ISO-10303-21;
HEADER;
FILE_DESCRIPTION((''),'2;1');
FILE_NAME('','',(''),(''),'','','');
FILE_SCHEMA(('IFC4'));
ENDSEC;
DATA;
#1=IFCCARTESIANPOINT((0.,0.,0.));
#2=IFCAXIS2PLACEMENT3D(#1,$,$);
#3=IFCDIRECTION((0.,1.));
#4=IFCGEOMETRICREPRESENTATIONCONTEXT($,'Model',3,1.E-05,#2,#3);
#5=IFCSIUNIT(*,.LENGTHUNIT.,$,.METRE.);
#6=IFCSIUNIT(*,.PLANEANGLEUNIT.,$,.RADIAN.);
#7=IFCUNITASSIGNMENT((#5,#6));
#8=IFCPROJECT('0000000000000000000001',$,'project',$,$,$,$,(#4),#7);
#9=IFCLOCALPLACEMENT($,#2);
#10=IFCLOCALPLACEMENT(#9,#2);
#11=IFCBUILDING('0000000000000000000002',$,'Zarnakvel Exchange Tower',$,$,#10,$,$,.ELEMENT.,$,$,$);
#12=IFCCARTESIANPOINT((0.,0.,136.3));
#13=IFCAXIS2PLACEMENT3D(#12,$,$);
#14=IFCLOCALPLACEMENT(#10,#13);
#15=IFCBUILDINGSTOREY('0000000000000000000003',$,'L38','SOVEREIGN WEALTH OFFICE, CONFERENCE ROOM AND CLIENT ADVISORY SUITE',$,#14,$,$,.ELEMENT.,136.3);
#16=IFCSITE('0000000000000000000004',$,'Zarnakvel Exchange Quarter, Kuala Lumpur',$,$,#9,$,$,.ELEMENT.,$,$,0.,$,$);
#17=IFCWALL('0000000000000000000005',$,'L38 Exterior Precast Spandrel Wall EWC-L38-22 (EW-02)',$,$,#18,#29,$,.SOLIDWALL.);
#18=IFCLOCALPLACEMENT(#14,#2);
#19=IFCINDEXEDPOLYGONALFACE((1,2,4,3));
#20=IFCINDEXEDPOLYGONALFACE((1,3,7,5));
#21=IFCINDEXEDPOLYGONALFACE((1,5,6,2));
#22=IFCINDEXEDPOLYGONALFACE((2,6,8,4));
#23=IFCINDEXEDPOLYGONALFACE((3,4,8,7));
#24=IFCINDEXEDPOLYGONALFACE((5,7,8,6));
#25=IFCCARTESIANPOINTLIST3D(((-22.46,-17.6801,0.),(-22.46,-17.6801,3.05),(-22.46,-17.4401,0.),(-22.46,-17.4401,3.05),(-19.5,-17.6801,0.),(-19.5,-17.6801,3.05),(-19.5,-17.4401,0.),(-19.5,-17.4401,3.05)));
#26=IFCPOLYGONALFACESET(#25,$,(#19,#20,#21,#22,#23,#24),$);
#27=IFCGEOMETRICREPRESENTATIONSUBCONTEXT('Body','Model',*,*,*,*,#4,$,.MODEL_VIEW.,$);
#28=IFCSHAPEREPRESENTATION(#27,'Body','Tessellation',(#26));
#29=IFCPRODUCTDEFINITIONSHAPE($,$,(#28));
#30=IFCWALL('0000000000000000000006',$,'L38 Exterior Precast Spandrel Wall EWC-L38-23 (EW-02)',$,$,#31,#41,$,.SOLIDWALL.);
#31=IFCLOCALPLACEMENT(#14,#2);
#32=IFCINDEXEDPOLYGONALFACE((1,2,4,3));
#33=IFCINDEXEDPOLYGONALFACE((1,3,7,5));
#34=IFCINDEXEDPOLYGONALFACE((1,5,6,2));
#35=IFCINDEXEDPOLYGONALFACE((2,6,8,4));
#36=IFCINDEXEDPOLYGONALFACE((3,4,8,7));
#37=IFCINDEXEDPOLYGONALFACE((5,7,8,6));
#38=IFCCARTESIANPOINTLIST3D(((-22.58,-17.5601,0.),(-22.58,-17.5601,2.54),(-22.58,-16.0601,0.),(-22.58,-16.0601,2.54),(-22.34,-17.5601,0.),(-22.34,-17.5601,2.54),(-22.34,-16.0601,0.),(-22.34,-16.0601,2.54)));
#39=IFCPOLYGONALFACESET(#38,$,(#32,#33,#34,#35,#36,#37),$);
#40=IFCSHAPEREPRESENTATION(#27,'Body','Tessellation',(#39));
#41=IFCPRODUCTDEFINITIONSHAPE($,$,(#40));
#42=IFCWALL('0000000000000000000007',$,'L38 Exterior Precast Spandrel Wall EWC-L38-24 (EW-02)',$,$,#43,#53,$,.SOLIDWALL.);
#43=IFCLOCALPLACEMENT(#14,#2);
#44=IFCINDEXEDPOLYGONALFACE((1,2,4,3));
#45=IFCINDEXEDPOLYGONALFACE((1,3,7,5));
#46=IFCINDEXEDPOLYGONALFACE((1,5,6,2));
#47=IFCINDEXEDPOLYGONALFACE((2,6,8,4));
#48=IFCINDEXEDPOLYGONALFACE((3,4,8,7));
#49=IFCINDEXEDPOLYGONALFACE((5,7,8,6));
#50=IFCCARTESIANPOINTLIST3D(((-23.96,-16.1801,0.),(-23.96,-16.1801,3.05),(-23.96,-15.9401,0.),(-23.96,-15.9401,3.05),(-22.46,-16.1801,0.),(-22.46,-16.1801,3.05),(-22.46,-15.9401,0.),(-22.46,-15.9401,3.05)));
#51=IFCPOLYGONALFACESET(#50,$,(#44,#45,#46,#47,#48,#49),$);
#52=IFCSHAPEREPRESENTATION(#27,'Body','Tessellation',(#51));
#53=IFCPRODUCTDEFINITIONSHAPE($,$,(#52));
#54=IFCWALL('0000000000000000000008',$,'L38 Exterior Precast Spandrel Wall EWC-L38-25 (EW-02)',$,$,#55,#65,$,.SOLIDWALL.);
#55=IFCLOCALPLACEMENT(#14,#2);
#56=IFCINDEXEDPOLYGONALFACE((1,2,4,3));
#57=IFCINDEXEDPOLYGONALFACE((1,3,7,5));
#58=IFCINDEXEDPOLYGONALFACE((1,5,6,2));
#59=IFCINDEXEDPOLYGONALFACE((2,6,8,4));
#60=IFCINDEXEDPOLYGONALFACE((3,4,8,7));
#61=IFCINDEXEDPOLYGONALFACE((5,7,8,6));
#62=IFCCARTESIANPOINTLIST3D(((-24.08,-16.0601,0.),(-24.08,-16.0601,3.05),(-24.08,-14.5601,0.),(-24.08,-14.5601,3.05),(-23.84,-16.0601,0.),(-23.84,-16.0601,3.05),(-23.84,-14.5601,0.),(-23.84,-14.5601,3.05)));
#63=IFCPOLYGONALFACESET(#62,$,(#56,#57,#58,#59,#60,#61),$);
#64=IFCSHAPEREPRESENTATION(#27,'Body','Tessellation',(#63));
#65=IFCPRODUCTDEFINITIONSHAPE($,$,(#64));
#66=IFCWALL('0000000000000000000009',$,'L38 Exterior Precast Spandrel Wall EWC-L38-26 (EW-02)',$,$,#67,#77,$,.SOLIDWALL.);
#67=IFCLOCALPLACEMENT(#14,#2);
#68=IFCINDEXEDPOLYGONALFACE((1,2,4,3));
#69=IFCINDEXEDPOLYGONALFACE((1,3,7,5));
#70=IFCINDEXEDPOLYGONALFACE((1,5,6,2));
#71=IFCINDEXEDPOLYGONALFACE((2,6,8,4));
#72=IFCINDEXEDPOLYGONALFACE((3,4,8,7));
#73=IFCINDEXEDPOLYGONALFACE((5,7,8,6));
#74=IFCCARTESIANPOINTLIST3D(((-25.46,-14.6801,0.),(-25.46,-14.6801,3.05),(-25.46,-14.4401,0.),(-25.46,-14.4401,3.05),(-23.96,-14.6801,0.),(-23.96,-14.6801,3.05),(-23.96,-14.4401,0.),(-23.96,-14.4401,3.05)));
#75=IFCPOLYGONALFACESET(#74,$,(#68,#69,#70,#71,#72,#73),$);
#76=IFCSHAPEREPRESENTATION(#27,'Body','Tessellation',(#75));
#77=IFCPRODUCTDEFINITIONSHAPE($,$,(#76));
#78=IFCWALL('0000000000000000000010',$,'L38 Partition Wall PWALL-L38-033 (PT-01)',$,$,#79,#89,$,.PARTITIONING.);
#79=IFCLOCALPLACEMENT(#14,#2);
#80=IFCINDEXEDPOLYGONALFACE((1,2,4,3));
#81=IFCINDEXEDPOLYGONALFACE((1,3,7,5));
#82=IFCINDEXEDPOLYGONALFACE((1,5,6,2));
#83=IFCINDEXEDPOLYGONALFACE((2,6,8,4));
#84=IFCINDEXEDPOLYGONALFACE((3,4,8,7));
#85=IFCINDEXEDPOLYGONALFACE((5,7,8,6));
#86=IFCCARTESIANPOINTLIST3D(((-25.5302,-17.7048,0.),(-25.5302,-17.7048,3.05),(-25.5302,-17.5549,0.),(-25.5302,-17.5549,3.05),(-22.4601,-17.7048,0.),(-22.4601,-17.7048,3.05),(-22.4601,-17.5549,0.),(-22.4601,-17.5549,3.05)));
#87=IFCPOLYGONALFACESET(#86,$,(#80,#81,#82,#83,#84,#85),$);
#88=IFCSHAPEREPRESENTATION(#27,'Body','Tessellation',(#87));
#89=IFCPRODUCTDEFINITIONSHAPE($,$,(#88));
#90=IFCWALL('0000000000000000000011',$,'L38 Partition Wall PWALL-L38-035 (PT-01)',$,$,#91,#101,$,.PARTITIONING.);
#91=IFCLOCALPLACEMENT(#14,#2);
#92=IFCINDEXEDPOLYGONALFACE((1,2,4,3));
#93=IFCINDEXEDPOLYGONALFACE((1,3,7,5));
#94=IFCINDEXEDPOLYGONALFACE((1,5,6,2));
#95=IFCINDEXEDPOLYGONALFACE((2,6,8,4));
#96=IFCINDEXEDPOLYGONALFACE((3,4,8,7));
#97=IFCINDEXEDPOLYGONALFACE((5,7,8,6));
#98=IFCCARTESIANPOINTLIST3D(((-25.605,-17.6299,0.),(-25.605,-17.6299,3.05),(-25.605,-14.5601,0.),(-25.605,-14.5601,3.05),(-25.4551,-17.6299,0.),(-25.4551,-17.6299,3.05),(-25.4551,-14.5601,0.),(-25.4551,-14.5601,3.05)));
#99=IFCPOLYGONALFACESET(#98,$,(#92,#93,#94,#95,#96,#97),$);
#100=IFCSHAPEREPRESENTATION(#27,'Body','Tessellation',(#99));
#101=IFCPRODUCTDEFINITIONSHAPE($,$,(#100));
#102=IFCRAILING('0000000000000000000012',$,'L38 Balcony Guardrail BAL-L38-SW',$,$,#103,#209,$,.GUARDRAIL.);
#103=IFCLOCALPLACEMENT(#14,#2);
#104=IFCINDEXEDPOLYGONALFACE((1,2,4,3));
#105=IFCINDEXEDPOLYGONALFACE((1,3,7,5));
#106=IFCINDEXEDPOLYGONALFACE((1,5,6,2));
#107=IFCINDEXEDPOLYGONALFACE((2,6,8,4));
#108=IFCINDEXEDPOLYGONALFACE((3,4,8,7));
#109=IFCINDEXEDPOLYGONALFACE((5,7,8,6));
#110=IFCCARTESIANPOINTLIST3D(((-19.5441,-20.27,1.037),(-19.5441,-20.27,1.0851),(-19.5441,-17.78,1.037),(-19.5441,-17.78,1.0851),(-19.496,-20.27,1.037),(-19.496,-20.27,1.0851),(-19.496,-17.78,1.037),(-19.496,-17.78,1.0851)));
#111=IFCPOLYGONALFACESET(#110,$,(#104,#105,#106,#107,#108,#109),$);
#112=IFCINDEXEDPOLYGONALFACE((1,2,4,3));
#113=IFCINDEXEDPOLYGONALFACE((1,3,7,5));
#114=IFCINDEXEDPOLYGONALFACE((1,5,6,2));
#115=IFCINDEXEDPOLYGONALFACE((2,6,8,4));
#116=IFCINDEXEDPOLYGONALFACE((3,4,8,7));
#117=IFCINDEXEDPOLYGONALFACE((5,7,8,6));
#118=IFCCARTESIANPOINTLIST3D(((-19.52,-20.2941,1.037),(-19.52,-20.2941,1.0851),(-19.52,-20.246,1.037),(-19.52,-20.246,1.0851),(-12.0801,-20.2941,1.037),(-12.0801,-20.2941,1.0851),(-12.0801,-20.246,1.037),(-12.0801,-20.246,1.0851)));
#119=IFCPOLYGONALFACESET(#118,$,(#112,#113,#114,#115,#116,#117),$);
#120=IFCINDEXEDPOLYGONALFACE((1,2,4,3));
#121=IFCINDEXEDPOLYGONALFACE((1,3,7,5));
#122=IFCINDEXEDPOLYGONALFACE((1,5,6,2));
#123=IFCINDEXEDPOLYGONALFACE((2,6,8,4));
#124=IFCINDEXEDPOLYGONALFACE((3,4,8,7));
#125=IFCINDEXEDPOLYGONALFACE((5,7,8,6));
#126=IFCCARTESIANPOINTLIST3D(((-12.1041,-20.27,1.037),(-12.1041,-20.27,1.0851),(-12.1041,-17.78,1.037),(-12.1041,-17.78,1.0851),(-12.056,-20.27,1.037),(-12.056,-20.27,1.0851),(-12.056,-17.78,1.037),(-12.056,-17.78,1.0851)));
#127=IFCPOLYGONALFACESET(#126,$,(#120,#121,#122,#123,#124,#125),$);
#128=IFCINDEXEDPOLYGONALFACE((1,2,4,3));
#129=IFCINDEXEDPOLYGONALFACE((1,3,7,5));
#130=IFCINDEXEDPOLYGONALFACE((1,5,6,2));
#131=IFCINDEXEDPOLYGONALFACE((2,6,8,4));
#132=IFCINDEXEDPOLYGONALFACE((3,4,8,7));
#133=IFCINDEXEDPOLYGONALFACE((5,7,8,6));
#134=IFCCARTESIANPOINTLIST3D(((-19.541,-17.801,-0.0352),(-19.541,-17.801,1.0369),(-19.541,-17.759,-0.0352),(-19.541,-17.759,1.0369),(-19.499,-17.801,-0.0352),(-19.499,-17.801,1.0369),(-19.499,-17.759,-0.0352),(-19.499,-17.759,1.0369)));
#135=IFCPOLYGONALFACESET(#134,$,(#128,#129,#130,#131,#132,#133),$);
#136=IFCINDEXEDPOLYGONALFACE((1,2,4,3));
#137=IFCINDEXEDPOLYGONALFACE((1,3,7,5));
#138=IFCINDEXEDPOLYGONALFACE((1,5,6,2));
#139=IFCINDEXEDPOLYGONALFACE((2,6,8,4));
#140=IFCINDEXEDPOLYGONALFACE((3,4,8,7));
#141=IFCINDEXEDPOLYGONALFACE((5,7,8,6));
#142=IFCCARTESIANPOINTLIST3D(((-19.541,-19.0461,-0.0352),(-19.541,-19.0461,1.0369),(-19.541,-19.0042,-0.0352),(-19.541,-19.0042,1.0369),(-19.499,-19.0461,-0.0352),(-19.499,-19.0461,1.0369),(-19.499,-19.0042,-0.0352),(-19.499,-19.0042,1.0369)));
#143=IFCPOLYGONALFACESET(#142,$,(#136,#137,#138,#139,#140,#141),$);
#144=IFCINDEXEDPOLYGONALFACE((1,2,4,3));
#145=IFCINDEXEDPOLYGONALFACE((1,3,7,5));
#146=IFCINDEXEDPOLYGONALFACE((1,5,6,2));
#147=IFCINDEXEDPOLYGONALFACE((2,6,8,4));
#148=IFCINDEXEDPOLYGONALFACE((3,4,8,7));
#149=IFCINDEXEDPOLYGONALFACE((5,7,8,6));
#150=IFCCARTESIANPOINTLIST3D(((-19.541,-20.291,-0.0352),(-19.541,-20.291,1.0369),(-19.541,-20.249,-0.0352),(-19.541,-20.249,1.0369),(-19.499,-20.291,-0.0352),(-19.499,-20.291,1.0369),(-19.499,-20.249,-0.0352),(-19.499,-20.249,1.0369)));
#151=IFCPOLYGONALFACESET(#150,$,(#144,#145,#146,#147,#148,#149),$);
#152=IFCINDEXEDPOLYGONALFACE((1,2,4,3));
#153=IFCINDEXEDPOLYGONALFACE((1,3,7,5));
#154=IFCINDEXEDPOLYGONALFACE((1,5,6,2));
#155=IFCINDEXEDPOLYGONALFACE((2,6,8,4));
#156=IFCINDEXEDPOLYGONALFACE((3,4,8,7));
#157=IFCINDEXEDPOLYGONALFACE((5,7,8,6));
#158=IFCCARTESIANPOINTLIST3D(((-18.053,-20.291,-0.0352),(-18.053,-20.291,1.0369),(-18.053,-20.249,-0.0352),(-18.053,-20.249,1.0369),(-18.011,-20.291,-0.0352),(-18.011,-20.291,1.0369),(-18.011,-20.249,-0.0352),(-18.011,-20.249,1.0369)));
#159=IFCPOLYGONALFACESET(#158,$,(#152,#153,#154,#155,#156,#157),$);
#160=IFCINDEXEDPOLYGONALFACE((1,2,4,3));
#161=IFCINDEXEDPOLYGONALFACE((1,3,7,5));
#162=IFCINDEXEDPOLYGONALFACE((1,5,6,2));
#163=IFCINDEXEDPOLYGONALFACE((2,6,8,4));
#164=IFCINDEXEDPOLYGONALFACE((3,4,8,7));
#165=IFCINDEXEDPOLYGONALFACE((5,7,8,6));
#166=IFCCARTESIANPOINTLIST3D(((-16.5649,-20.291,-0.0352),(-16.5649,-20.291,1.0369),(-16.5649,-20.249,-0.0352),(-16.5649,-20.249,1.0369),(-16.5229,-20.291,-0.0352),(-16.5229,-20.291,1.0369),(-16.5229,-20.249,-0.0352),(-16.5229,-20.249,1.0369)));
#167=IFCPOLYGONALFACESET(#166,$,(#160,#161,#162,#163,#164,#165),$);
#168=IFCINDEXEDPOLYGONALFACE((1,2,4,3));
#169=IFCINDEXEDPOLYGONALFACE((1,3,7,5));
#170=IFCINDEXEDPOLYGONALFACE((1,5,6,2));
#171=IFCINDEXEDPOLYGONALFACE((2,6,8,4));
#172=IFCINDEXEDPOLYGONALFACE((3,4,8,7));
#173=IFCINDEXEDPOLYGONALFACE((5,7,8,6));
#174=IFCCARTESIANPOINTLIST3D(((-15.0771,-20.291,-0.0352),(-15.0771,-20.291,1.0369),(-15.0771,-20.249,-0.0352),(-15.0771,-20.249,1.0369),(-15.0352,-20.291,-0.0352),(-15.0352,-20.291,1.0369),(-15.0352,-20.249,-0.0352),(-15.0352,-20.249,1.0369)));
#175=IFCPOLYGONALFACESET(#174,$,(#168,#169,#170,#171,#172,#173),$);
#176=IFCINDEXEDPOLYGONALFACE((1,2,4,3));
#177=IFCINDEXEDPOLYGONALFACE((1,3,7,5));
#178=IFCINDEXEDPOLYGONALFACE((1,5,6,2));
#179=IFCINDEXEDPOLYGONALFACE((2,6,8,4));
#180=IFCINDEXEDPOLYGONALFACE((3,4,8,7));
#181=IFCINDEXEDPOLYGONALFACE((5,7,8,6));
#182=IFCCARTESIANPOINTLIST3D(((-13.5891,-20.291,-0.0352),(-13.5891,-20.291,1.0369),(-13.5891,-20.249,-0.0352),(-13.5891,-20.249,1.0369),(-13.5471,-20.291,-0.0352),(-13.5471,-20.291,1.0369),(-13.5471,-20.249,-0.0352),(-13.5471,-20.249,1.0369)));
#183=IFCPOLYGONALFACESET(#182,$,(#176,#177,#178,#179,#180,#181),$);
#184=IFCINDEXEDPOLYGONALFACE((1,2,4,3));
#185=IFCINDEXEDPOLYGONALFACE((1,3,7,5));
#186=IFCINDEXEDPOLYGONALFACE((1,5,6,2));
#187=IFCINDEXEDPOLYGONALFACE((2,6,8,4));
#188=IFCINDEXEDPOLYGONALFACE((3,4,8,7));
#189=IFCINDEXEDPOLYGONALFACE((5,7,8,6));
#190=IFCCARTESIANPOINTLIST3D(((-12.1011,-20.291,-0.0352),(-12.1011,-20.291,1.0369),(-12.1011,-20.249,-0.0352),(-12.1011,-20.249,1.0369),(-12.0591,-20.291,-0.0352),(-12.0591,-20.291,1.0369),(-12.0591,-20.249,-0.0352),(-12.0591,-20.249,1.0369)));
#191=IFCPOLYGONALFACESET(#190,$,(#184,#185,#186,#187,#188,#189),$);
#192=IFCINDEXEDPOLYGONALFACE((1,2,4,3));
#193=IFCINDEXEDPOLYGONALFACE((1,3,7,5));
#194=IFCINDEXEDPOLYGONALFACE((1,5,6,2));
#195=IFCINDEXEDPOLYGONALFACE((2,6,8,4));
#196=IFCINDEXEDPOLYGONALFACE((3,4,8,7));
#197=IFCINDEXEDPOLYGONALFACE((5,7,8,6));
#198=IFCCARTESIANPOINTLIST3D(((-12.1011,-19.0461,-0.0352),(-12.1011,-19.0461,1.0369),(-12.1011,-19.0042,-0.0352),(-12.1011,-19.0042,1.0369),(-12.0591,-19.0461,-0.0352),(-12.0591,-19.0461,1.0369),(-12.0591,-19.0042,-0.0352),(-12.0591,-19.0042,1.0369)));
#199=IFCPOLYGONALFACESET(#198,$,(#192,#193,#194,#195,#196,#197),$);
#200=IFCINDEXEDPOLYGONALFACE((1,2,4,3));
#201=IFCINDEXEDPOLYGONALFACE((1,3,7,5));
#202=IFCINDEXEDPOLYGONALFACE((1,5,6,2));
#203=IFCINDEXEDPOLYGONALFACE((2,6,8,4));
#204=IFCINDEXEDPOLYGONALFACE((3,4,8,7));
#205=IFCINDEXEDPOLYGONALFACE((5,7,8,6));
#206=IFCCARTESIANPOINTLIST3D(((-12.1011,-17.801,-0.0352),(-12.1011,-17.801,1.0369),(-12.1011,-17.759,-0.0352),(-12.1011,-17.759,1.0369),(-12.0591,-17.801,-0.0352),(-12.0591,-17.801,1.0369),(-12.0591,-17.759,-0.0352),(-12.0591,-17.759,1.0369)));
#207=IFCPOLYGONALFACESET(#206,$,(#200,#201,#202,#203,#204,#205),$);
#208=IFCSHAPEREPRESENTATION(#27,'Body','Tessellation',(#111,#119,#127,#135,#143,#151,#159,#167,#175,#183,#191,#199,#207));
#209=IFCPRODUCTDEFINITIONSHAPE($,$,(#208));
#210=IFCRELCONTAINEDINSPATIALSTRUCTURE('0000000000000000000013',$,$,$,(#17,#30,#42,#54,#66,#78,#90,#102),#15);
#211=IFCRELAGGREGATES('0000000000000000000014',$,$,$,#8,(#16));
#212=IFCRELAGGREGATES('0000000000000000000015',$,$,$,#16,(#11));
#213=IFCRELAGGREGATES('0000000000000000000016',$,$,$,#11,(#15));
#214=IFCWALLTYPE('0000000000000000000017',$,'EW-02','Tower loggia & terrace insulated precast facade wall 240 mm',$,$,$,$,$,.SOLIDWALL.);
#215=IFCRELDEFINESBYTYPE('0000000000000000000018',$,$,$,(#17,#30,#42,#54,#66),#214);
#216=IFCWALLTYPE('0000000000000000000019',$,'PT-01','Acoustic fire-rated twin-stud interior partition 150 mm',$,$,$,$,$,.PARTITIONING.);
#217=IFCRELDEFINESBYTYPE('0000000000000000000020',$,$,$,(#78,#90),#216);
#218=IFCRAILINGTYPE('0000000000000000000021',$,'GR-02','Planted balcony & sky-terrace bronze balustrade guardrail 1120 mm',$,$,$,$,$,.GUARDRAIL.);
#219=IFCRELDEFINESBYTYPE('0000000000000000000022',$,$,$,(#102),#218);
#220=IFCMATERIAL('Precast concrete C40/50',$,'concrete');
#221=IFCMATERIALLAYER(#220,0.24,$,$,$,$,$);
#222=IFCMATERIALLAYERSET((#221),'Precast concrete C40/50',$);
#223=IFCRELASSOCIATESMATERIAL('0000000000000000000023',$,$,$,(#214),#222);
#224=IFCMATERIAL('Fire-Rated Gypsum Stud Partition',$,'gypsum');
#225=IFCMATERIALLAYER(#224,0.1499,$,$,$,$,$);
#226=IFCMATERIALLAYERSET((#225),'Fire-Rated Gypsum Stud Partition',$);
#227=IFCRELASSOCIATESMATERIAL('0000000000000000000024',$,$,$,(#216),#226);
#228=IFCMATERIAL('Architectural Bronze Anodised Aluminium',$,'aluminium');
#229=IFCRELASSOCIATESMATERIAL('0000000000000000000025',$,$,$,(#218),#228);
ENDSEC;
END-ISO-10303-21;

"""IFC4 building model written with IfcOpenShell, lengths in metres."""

from ifc_helpers import new_model, si_unit, direction, frame, frame_2d, origin, origin_2d, place, context, subcontext, project, spatial, rectangle, extrude, material, layer, layer_set, type_object, element, save


model = new_model("IFC4")

# Units and contexts
model_context = context("Model", 3, precision=1e-05, world=origin(), true_north=direction((0.0, 1.0)))
body_context = subcontext(model_context, "Body", "Model", "MODEL_VIEW")
ifc_project = project(units=[si_unit("LENGTHUNIT", "METRE"), si_unit("PLANEANGLEUNIT", "RADIAN")], contexts=[model_context])

# Site, building, storey
site_placement = place(None, origin())
site = spatial("IfcSite", under=ifc_project, at=site_placement, Name="Zarnakvel Exchange Quarter, Kuala Lumpur", CompositionType="ELEMENT", RefElevation=0.0)
building_placement = place(site_placement, origin())
building = spatial("IfcBuilding", under=site, at=building_placement, Name="Zarnakvel Exchange Tower", CompositionType="ELEMENT")
storey_placement = place(building_placement, frame((0.0, 0.0, 136.3)))
storey = spatial("IfcBuildingStorey", under=building, at=storey_placement, Name="L38", Description="SOVEREIGN WEALTH OFFICE, CONFERENCE ROOM AND CLIENT ADVISORY SUITE", CompositionType="ELEMENT", Elevation=136.3)

# Walls
ifc_material_1 = material(Name="Precast concrete C40/50", Category="concrete")
ifc_layer_1 = layer(ifc_material_1, 0.24)
ifc_layer_set_1 = layer_set([ifc_layer_1], Name="Precast concrete C40/50")
wall_type_1 = type_object("IfcWallType", Name="EW-02", Description="Tower loggia & terrace insulated precast facade wall 240 mm", PredefinedType="SOLIDWALL", material=ifc_layer_set_1)
wall_1_placement = place(storey_placement, frame((-22.46, -17.5601, 0.0), z_axis=(0.0, 0.0, 1.0), x_axis=(1.0, 0.0, 0.0)))
element("IfcWall", 1, at=wall_1_placement, inside=storey, type_object=wall_type_1, Name="L38 Exterior Precast Spandrel Wall EWC-L38-22 (EW-02)", PredefinedType="SOLIDWALL", context=body_context, shape_type="SweptSolid", body=[
    extrude(rectangle(XDim=2.96, YDim=0.24, at=frame_2d((1.48, 0.0))), origin(), (0.0, 0.0, 1.0), 3.05),
])
wall_2_placement = place(storey_placement, frame((-22.46, -16.0601, 0.0), z_axis=(0.0, 0.0, 1.0), x_axis=(0.0, -1.0, 0.0)))
element("IfcWall", 2, at=wall_2_placement, inside=storey, type_object=wall_type_1, Name="L38 Exterior Precast Spandrel Wall EWC-L38-23 (EW-02)", PredefinedType="SOLIDWALL", context=body_context, shape_type="SweptSolid", body=[
    extrude(rectangle(XDim=1.5, YDim=0.24, at=frame_2d((0.75, 0.0))), origin(), (0.0, 0.0, 1.0), 2.54),
])
for number, where, z_axis, x_axis, name in (
    (3, (-23.96, -16.0601, 0.0), (0.0, 0.0, 1.0), (1.0, 0.0, 0.0), "L38 Exterior Precast Spandrel Wall EWC-L38-24 (EW-02)"),
    (4, (-23.96, -14.5601, 0.0), (0.0, 0.0, 1.0), (0.0, -1.0, 0.0), "L38 Exterior Precast Spandrel Wall EWC-L38-25 (EW-02)"),
    (5, (-25.46, -14.5601, 0.0), (0.0, 0.0, 1.0), (1.0, 0.0, 0.0), "L38 Exterior Precast Spandrel Wall EWC-L38-26 (EW-02)"),
):
    element("IfcWall", number, at=place(storey_placement, frame(where, z_axis=z_axis, x_axis=x_axis)), inside=storey, type_object=wall_type_1, Name=name, PredefinedType="SOLIDWALL", context=body_context, shape_type="SweptSolid", body=[
        extrude(rectangle(XDim=1.5, YDim=0.24, at=frame_2d((0.75, 0.0))), origin(), (0.0, 0.0, 1.0), 3.05),
    ])
ifc_material_2 = material(Name="Fire-Rated Gypsum Stud Partition", Category="gypsum")
ifc_layer_2 = layer(ifc_material_2, 0.1499)
ifc_layer_set_2 = layer_set([ifc_layer_2], Name="Fire-Rated Gypsum Stud Partition")
wall_type_2 = type_object("IfcWallType", Name="PT-01", Description="Acoustic fire-rated twin-stud interior partition 150 mm", PredefinedType="PARTITIONING", material=ifc_layer_set_2)
wall_3_placement = place(storey_placement, frame((-22.46, -17.6299, 0.0), z_axis=(0.0, 0.0, 1.0), x_axis=(-1.0, 0.0, 0.0)))
element("IfcWall", 6, at=wall_3_placement, inside=storey, type_object=wall_type_2, Name="L38 Partition Wall PWALL-L38-033 (PT-01)", PredefinedType="PARTITIONING", context=body_context, shape_type="SweptSolid", body=[
    extrude(rectangle(XDim=3.0701, YDim=0.1499, at=frame_2d((1.5352, 0.0))), origin(), (0.0, 0.0, 1.0), 3.05),
])
wall_4_placement = place(storey_placement, frame((-25.53, -17.6299, 0.0), z_axis=(0.0, 0.0, 1.0), x_axis=(0.0, 1.0, 0.0)))
element("IfcWall", 7, at=wall_4_placement, inside=storey, type_object=wall_type_2, Name="L38 Partition Wall PWALL-L38-035 (PT-01)", PredefinedType="PARTITIONING", context=body_context, shape_type="SweptSolid", body=[
    extrude(rectangle(XDim=3.0698, YDim=0.1499, at=frame_2d((1.5349, 0.0))), origin(), (0.0, 0.0, 1.0), 3.05),
])

# Railing
ifc_material_3 = material(Name="Architectural Bronze Anodised Aluminium", Category="aluminium")
railing_type = type_object("IfcRailingType", Name="GR-02", Description="Planted balcony & sky-terrace bronze balustrade guardrail 1120 mm", PredefinedType="GUARDRAIL", material=ifc_material_3)
railing_placement = place(storey_placement, frame((-19.52, -17.78, -0.0352)))
element("IfcRailing", 8, at=railing_placement, inside=storey, type_object=railing_type, Name="L38 Balcony Guardrail BAL-L38-SW", PredefinedType="GUARDRAIL", context=body_context, shape_type="SweptSolid", body=[
    extrude(rectangle(XDim=0.0481, YDim=0.0481, at=origin_2d()), frame((0.0, 0.0, 1.0962), z_axis=(0.0, -1.0, 0.0), x_axis=(1.0, 0.0, 0.0)), (0.0, 0.0, 1.0), 2.49),
    extrude(rectangle(XDim=0.0481, YDim=0.0481, at=origin_2d()), frame((0.0, -2.49, 1.0962), z_axis=(1.0, 0.0, 0.0), x_axis=(0.0, 1.0, 0.0)), (0.0, 0.0, 1.0), 7.4399),
    extrude(rectangle(XDim=0.0481, YDim=0.0481, at=origin_2d()), frame((7.4399, -2.49, 1.0962), z_axis=(0.0, 1.0, 0.0), x_axis=(-1.0, 0.0, 0.0)), (0.0, 0.0, 1.0), 2.49),
    extrude(rectangle(XDim=0.042, YDim=0.042, at=origin_2d()), origin(), (0.0, 0.0, 1.0), 1.072),
    extrude(rectangle(XDim=0.042, YDim=0.042, at=origin_2d()), frame((0.0, -1.2451, 0.0)), (0.0, 0.0, 1.0), 1.072),
    extrude(rectangle(XDim=0.042, YDim=0.042, at=origin_2d()), frame((0.0, -2.49, 0.0)), (0.0, 0.0, 1.0), 1.072),
    extrude(rectangle(XDim=0.042, YDim=0.042, at=origin_2d()), frame((1.488, -2.49, 0.0)), (0.0, 0.0, 1.0), 1.072),
    extrude(rectangle(XDim=0.042, YDim=0.042, at=origin_2d()), frame((2.9761, -2.49, 0.0)), (0.0, 0.0, 1.0), 1.072),
    extrude(rectangle(XDim=0.042, YDim=0.042, at=origin_2d()), frame((4.4639, -2.49, 0.0)), (0.0, 0.0, 1.0), 1.072),
    extrude(rectangle(XDim=0.042, YDim=0.042, at=origin_2d()), frame((5.9519, -2.49, 0.0)), (0.0, 0.0, 1.0), 1.072),
    extrude(rectangle(XDim=0.042, YDim=0.042, at=origin_2d()), frame((7.4399, -2.49, 0.0)), (0.0, 0.0, 1.0), 1.072),
    extrude(rectangle(XDim=0.042, YDim=0.042, at=origin_2d()), frame((7.4399, -1.2451, 0.0)), (0.0, 0.0, 1.0), 1.072),
    extrude(rectangle(XDim=0.042, YDim=0.042, at=origin_2d()), frame((7.4399, 0.0, 0.0)), (0.0, 0.0, 1.0), 1.072),
])

save(model, "model.ifc")
